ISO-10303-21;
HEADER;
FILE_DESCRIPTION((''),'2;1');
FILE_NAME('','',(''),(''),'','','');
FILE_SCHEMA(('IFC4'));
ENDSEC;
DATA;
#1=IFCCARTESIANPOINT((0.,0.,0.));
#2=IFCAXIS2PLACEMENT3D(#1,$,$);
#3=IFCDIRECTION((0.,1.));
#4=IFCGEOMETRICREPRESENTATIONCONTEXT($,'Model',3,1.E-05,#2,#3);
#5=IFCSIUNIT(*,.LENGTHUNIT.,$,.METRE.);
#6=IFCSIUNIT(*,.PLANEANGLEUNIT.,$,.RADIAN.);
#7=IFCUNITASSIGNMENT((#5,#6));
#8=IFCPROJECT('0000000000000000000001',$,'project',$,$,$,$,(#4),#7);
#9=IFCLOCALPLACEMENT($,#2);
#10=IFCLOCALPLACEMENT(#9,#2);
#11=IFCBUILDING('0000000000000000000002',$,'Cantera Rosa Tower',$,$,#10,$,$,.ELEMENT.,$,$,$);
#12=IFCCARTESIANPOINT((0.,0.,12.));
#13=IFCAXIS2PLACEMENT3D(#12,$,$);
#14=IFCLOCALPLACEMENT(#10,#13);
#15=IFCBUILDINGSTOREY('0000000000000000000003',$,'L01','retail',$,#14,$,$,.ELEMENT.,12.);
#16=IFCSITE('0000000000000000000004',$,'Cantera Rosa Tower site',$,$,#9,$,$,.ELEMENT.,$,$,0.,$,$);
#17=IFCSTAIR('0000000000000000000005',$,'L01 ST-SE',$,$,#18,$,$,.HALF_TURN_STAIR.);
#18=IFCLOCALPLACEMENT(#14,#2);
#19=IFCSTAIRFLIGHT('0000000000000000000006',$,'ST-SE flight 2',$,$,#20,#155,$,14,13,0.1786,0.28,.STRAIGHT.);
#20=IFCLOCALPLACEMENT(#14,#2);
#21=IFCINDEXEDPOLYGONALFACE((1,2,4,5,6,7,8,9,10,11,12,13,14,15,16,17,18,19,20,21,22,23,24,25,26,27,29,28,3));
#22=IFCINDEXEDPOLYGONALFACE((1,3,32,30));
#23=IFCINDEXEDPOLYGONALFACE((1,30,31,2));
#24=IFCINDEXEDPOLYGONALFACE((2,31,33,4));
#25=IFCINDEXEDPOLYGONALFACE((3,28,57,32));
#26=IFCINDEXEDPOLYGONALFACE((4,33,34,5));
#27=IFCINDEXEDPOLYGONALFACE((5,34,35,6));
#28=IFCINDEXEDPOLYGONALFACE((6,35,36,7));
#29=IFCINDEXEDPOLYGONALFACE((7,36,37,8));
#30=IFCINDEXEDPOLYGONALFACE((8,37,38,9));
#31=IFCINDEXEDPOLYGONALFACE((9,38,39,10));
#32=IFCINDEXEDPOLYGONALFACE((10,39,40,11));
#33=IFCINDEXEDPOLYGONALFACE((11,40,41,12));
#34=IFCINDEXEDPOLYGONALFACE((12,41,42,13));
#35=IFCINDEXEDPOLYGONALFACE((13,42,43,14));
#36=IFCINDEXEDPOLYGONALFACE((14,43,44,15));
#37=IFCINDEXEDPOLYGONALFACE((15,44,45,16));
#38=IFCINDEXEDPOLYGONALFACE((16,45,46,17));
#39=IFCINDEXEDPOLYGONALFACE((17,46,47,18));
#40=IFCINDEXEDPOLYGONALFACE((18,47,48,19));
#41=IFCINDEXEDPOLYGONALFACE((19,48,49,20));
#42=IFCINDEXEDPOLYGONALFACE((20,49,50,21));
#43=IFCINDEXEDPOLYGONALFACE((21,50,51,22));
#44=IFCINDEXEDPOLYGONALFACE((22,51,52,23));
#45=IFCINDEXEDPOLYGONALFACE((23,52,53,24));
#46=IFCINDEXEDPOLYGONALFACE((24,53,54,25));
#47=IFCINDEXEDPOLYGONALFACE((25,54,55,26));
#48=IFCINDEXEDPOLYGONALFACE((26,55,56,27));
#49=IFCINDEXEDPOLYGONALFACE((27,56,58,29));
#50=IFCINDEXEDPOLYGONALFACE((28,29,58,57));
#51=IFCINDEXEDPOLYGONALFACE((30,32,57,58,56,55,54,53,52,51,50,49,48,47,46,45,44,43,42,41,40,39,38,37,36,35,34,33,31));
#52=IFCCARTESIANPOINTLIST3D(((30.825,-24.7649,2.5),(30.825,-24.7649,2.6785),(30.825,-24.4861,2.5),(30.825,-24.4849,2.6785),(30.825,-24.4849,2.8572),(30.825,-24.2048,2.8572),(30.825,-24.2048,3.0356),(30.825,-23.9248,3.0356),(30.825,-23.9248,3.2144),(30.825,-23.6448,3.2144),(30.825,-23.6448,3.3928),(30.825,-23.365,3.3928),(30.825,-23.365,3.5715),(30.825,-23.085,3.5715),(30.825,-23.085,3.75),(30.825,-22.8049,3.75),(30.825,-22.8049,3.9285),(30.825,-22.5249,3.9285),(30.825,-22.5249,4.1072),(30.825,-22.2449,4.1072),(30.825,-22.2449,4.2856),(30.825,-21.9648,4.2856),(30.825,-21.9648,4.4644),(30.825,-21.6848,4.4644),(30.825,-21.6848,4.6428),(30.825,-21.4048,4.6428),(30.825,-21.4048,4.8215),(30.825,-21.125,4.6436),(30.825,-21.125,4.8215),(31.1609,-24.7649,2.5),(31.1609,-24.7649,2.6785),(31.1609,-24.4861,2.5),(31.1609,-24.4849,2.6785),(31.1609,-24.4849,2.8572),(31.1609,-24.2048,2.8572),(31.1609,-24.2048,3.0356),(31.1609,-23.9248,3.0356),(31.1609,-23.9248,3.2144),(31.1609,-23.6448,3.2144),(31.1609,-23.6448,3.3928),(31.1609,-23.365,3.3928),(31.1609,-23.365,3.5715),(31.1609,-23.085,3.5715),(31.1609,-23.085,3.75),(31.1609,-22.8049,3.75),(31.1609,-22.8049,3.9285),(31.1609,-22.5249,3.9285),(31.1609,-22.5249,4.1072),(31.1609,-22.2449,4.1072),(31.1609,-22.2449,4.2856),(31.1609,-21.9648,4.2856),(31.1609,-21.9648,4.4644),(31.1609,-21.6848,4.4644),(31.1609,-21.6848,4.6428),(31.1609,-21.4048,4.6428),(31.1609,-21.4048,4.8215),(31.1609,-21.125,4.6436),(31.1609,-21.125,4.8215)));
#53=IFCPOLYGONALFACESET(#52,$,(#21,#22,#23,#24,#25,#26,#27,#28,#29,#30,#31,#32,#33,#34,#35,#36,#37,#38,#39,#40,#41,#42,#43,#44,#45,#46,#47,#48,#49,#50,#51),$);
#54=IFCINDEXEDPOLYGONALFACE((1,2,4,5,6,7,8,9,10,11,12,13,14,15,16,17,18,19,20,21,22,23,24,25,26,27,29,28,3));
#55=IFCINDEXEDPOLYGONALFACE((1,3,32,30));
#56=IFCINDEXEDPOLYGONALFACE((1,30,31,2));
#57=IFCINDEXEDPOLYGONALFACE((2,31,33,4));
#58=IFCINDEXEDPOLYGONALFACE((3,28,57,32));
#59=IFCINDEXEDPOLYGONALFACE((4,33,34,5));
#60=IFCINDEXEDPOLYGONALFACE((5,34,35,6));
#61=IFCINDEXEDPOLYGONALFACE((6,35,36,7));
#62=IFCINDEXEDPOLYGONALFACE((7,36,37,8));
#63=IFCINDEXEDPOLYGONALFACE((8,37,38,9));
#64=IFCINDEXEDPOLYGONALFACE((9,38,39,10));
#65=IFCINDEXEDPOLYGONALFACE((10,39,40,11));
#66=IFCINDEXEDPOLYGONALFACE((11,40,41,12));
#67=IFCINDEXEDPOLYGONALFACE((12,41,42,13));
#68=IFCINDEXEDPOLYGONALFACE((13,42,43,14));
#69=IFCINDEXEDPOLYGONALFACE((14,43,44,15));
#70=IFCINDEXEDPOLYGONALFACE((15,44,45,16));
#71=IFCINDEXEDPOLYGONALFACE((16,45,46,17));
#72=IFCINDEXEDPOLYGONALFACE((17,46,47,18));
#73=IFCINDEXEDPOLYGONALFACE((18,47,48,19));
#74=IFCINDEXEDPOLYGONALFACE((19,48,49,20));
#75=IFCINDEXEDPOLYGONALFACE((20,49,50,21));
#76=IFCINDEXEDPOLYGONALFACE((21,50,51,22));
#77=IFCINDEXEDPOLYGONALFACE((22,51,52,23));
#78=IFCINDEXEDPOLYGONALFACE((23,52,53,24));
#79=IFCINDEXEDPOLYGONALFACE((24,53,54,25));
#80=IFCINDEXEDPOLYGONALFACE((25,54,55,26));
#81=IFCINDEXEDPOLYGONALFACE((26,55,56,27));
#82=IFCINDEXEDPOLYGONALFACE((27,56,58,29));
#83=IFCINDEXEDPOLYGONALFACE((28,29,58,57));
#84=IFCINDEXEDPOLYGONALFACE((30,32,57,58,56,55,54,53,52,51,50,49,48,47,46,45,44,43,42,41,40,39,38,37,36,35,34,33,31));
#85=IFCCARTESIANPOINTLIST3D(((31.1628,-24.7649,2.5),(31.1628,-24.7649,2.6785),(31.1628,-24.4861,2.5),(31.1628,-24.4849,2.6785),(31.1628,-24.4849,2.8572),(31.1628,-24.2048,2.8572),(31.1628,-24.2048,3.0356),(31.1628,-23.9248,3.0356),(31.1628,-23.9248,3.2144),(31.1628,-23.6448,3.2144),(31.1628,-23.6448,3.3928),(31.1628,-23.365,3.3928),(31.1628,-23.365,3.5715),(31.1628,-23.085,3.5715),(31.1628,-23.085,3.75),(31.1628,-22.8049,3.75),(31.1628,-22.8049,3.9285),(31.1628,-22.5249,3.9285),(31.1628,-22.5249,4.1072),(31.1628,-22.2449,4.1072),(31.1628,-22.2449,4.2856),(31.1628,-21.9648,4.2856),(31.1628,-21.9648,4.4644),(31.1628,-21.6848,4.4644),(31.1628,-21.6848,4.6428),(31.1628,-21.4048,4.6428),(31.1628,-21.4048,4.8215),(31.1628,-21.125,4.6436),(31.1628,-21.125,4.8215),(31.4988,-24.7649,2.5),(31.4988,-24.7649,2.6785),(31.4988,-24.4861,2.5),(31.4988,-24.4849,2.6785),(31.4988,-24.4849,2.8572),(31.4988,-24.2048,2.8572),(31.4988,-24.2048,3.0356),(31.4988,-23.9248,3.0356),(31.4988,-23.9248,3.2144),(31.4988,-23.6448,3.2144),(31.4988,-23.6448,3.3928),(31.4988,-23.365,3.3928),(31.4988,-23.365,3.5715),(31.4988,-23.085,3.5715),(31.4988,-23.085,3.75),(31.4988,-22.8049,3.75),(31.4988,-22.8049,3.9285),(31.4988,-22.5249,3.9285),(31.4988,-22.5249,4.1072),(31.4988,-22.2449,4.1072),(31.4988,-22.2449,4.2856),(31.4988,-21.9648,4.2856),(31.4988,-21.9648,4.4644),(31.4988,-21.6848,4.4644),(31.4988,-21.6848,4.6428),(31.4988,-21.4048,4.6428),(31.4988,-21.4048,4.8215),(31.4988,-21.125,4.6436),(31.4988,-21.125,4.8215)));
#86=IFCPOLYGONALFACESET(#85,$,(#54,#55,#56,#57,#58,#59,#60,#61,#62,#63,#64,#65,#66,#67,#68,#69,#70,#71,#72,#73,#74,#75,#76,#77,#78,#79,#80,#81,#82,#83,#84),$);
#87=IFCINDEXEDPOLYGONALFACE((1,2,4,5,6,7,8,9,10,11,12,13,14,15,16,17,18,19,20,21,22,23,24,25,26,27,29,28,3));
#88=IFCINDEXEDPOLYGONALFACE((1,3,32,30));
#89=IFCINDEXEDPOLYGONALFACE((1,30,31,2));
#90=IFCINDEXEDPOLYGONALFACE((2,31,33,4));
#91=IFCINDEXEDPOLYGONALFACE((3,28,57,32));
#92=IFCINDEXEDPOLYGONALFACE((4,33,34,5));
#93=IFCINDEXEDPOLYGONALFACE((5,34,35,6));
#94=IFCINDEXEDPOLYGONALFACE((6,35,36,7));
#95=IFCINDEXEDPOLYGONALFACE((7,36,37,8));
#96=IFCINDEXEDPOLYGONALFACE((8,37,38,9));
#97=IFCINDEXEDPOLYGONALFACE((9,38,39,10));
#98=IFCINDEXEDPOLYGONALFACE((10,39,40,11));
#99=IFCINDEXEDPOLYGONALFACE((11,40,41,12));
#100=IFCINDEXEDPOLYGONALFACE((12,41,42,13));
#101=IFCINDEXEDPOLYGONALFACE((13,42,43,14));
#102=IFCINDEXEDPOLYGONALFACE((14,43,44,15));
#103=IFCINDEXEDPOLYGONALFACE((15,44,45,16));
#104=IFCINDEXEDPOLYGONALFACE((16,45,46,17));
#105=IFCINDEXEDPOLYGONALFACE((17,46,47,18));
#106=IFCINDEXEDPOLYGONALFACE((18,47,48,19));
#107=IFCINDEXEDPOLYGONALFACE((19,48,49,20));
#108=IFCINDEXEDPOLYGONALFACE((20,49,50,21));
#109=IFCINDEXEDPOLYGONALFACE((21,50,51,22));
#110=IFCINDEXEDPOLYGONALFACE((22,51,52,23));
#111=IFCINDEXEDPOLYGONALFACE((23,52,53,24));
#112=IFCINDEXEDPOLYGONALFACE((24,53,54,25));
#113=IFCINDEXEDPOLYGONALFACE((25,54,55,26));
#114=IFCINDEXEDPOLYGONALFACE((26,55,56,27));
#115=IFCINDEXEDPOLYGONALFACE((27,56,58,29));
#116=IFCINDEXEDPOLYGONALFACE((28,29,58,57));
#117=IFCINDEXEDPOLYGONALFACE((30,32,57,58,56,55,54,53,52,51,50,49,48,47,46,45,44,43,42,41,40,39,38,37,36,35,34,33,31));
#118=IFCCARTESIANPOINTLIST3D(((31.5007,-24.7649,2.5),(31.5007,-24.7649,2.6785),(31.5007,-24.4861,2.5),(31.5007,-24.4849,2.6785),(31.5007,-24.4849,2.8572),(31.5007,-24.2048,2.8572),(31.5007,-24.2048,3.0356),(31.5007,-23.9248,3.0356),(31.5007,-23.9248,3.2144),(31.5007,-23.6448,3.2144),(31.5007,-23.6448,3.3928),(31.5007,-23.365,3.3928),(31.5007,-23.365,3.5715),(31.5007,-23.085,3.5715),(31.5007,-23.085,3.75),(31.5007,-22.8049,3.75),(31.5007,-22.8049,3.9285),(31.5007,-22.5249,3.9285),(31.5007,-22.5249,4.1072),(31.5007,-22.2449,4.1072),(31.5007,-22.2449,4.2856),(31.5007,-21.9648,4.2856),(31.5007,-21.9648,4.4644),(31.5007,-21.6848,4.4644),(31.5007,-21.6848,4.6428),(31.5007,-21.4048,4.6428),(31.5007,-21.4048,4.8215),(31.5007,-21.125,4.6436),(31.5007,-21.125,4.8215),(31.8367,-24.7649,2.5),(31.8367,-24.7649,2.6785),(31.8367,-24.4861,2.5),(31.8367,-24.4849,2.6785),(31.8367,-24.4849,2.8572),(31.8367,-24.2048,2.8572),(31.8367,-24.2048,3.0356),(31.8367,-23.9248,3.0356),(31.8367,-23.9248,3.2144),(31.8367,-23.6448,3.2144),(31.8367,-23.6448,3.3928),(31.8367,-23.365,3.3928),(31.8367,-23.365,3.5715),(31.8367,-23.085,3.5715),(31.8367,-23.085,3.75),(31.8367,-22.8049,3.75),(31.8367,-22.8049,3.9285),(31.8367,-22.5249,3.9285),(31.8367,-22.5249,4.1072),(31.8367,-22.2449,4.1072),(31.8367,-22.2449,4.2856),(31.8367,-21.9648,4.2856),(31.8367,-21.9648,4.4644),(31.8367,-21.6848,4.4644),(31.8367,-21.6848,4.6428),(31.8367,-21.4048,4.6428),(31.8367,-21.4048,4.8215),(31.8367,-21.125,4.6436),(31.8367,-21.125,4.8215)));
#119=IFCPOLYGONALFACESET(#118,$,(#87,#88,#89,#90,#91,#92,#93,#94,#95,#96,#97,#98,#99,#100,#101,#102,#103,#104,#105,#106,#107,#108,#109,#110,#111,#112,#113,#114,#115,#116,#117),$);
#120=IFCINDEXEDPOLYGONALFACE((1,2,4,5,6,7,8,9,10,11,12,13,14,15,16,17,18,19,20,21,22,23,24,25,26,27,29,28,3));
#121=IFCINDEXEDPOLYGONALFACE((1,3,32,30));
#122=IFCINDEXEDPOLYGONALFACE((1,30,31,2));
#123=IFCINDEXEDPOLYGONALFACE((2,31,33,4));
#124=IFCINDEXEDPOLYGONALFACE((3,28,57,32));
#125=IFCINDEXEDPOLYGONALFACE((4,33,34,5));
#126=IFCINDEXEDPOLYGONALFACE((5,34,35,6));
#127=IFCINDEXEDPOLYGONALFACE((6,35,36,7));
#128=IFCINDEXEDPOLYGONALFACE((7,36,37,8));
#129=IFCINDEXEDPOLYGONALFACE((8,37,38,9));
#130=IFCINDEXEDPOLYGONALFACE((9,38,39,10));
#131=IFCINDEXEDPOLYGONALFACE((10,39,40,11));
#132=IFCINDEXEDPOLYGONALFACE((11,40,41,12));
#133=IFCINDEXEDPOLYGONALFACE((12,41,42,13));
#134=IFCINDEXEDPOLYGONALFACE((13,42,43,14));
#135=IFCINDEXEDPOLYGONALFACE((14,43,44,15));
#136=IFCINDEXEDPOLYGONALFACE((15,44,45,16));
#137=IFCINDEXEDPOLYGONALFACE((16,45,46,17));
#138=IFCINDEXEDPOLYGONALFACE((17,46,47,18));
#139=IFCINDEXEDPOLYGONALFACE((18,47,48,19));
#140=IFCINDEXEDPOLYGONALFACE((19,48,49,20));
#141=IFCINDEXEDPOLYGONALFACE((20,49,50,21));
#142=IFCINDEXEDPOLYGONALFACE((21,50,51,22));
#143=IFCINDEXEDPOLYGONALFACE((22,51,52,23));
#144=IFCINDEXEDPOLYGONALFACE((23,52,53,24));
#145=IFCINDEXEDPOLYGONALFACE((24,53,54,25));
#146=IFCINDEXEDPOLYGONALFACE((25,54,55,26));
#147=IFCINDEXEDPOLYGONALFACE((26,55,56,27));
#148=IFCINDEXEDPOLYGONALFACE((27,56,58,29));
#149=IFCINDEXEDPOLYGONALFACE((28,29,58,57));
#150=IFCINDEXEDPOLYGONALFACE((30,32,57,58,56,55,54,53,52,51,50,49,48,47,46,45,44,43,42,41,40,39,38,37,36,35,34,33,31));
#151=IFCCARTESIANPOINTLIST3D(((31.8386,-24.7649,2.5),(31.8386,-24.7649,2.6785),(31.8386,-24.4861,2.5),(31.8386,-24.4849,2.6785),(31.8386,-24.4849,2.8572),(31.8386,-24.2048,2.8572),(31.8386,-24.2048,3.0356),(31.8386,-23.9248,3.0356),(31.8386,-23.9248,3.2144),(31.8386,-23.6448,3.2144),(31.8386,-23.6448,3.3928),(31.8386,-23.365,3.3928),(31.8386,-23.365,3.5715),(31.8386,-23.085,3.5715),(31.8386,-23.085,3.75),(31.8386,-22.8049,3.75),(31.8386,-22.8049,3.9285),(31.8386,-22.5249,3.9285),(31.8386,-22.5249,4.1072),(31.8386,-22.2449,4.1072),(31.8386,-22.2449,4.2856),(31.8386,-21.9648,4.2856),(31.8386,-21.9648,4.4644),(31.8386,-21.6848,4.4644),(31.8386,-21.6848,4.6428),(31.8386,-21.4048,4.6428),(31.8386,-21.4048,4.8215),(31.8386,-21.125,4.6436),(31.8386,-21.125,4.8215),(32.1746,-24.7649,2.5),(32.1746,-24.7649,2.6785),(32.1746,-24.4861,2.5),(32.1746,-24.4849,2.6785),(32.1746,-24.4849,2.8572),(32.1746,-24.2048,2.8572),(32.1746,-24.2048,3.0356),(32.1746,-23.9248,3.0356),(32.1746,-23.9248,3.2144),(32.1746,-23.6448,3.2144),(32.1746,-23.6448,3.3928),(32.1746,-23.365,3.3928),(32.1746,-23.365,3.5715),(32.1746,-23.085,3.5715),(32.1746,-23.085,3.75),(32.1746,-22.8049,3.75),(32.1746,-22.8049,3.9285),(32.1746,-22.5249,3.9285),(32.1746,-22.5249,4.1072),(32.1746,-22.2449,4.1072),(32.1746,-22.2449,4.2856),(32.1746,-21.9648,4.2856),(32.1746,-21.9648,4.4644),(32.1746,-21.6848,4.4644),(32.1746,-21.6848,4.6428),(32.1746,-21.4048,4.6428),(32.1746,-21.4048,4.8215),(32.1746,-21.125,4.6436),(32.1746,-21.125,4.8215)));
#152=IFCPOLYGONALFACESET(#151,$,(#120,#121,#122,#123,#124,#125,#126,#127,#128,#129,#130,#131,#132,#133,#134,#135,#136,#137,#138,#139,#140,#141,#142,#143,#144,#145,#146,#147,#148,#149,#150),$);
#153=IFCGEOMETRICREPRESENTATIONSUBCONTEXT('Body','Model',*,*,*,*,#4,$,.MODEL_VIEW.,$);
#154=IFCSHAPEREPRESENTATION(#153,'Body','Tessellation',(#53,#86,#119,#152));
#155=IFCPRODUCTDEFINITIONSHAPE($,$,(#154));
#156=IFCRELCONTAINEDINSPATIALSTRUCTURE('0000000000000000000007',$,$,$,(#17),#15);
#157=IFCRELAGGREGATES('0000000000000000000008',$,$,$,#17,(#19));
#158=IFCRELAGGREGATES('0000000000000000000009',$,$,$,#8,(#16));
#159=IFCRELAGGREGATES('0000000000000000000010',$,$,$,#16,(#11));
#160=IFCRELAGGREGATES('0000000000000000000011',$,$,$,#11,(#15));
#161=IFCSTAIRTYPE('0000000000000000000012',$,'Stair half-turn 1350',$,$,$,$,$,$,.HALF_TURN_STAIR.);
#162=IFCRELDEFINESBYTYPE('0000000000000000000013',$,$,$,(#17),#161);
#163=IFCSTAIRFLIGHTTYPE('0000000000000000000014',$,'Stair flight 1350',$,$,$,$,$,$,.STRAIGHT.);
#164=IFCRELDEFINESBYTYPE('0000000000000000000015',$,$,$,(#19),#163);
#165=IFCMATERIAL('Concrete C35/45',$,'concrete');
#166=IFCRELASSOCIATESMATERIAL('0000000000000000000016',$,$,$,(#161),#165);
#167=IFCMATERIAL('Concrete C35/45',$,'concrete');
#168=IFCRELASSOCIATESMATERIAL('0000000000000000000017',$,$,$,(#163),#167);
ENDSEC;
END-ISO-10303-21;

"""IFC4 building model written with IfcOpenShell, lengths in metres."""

from ifc_helpers import new_model, si_unit, direction, frame, origin, place, context, subcontext, project, spatial, polyline, outline, extrude, material, type_object, element, aggregate, save


model = new_model("IFC4")

# Units and contexts
model_context = context("Model", 3, precision=1e-05, world=origin(), true_north=direction((0.0, 1.0)))
body_context = subcontext(model_context, "Body", "Model", "MODEL_VIEW")
ifc_project = project(units=[si_unit("LENGTHUNIT", "METRE"), si_unit("PLANEANGLEUNIT", "RADIAN")], contexts=[model_context])

# Site, building, storey
site_placement = place(None, origin())
site = spatial("IfcSite", under=ifc_project, at=site_placement, Name="Cantera Rosa Tower site", CompositionType="ELEMENT", RefElevation=0.0)
building_placement = place(site_placement, origin())
building = spatial("IfcBuilding", under=site, at=building_placement, Name="Cantera Rosa Tower", CompositionType="ELEMENT")
storey_placement = place(building_placement, frame((0.0, 0.0, 12.0)))
storey = spatial("IfcBuildingStorey", under=building, at=storey_placement, Name="L01", Description="retail", CompositionType="ELEMENT", Elevation=12.0)

# Stair, stair flight
ifc_material_1 = material(Name="Concrete C35/45", Category="concrete")
stair_type = type_object("IfcStairType", Name="Stair half-turn 1350", PredefinedType="HALF_TURN_STAIR", material=ifc_material_1)
stair_placement = place(storey_placement, origin())
stair = element("IfcStair", 1, at=stair_placement, inside=storey, type_object=stair_type, Name="L01 ST-SE", PredefinedType="HALF_TURN_STAIR")
ifc_material_2 = material(Name="Concrete C35/45", Category="concrete")
stair_flight_type = type_object("IfcStairFlightType", Name="Stair flight 1350", PredefinedType="STRAIGHT", material=ifc_material_2)
stair_flight_1_placement = place(storey_placement, frame((31.5, -24.7649, 2.5), z_axis=(0.0, 0.0, 1.0), x_axis=(0.0, 1.0, 0.0)))
stair_flight_1 = element("IfcStairFlight", 2, at=stair_flight_1_placement, type_object=stair_flight_type, Name="ST-SE flight 2", NumberOfRisers=14, NumberOfTreads=13, PredefinedType="STRAIGHT", RiserHeight=0.1786, TreadLength=0.28, context=body_context, shape_type="SweptSolid", body=[
    extrude(outline(polyline([(0.0, 0.0), (0.0, 0.1785), (0.28, 0.1785), (0.28, 0.3572), (0.5601, 0.3572), (0.5601, 0.5356), (0.8401, 0.5356), (0.8401, 0.7144), (1.1201, 0.7144), (1.1201, 0.8928), (1.3999, 0.8928), (1.3999, 1.0715), (1.6799, 1.0715), (1.6799, 1.25), (1.96, 1.25), (1.96, 1.4285), (2.24, 1.4285), (2.24, 1.6072), (2.52, 1.6072), (2.52, 1.7856), (2.8, 1.7856), (2.8, 1.9644), (3.0801, 1.9644), (3.0801, 2.1428), (3.3601, 2.1428), (3.3601, 2.3215), (3.6399, 2.3215), (3.6399, 2.5), (3.6399, 2.1436), (0.2788, 0.0), (0.0, 0.0)])), frame((0.0, 0.675, 0.0), z_axis=(0.0, -1.0, 0.0), x_axis=(1.0, 0.0, 0.0)), (0.0, 0.0, 1.0), 0.3359),
    extrude(outline(polyline([(0.0, 0.0), (0.0, 0.1785), (0.28, 0.1785), (0.28, 0.3572), (0.5601, 0.3572), (0.5601, 0.5356), (0.8401, 0.5356), (0.8401, 0.7144), (1.1201, 0.7144), (1.1201, 0.8928), (1.3999, 0.8928), (1.3999, 1.0715), (1.6799, 1.0715), (1.6799, 1.25), (1.96, 1.25), (1.96, 1.4285), (2.24, 1.4285), (2.24, 1.6072), (2.52, 1.6072), (2.52, 1.7856), (2.8, 1.7856), (2.8, 1.9644), (3.0801, 1.9644), (3.0801, 2.1428), (3.3601, 2.1428), (3.3601, 2.3215), (3.6399, 2.3215), (3.6399, 2.5), (3.6399, 2.1436), (0.2788, 0.0), (0.0, 0.0)])), frame((0.0, 0.3372, 0.0), z_axis=(0.0, -1.0, 0.0), x_axis=(1.0, 0.0, 0.0)), (0.0, 0.0, 1.0), 0.3359),
    extrude(outline(polyline([(0.0, 0.0), (0.0, 0.1785), (0.28, 0.1785), (0.28, 0.3572), (0.5601, 0.3572), (0.5601, 0.5356), (0.8401, 0.5356), (0.8401, 0.7144), (1.1201, 0.7144), (1.1201, 0.8928), (1.3999, 0.8928), (1.3999, 1.0715), (1.6799, 1.0715), (1.6799, 1.25), (1.96, 1.25), (1.96, 1.4285), (2.24, 1.4285), (2.24, 1.6072), (2.52, 1.6072), (2.52, 1.7856), (2.8, 1.7856), (2.8, 1.9644), (3.0801, 1.9644), (3.0801, 2.1428), (3.3601, 2.1428), (3.3601, 2.3215), (3.6399, 2.3215), (3.6399, 2.5), (3.6399, 2.1436), (0.2788, 0.0), (0.0, 0.0)])), frame((0.0, -0.0007, 0.0), z_axis=(0.0, -1.0, 0.0), x_axis=(1.0, 0.0, 0.0)), (0.0, 0.0, 1.0), 0.3359),
    extrude(outline(polyline([(0.0, 0.0), (0.0, 0.1785), (0.28, 0.1785), (0.28, 0.3572), (0.5601, 0.3572), (0.5601, 0.5356), (0.8401, 0.5356), (0.8401, 0.7144), (1.1201, 0.7144), (1.1201, 0.8928), (1.3999, 0.8928), (1.3999, 1.0715), (1.6799, 1.0715), (1.6799, 1.25), (1.96, 1.25), (1.96, 1.4285), (2.24, 1.4285), (2.24, 1.6072), (2.52, 1.6072), (2.52, 1.7856), (2.8, 1.7856), (2.8, 1.9644), (3.0801, 1.9644), (3.0801, 2.1428), (3.3601, 2.1428), (3.3601, 2.3215), (3.6399, 2.3215), (3.6399, 2.5), (3.6399, 2.1436), (0.2788, 0.0), (0.0, 0.0)])), frame((0.0, -0.3386, 0.0), z_axis=(0.0, -1.0, 0.0), x_axis=(1.0, 0.0, 0.0)), (0.0, 0.0, 1.0), 0.3359),
])
aggregate(stair, [stair_flight_1])

save(model, "model.ifc")
